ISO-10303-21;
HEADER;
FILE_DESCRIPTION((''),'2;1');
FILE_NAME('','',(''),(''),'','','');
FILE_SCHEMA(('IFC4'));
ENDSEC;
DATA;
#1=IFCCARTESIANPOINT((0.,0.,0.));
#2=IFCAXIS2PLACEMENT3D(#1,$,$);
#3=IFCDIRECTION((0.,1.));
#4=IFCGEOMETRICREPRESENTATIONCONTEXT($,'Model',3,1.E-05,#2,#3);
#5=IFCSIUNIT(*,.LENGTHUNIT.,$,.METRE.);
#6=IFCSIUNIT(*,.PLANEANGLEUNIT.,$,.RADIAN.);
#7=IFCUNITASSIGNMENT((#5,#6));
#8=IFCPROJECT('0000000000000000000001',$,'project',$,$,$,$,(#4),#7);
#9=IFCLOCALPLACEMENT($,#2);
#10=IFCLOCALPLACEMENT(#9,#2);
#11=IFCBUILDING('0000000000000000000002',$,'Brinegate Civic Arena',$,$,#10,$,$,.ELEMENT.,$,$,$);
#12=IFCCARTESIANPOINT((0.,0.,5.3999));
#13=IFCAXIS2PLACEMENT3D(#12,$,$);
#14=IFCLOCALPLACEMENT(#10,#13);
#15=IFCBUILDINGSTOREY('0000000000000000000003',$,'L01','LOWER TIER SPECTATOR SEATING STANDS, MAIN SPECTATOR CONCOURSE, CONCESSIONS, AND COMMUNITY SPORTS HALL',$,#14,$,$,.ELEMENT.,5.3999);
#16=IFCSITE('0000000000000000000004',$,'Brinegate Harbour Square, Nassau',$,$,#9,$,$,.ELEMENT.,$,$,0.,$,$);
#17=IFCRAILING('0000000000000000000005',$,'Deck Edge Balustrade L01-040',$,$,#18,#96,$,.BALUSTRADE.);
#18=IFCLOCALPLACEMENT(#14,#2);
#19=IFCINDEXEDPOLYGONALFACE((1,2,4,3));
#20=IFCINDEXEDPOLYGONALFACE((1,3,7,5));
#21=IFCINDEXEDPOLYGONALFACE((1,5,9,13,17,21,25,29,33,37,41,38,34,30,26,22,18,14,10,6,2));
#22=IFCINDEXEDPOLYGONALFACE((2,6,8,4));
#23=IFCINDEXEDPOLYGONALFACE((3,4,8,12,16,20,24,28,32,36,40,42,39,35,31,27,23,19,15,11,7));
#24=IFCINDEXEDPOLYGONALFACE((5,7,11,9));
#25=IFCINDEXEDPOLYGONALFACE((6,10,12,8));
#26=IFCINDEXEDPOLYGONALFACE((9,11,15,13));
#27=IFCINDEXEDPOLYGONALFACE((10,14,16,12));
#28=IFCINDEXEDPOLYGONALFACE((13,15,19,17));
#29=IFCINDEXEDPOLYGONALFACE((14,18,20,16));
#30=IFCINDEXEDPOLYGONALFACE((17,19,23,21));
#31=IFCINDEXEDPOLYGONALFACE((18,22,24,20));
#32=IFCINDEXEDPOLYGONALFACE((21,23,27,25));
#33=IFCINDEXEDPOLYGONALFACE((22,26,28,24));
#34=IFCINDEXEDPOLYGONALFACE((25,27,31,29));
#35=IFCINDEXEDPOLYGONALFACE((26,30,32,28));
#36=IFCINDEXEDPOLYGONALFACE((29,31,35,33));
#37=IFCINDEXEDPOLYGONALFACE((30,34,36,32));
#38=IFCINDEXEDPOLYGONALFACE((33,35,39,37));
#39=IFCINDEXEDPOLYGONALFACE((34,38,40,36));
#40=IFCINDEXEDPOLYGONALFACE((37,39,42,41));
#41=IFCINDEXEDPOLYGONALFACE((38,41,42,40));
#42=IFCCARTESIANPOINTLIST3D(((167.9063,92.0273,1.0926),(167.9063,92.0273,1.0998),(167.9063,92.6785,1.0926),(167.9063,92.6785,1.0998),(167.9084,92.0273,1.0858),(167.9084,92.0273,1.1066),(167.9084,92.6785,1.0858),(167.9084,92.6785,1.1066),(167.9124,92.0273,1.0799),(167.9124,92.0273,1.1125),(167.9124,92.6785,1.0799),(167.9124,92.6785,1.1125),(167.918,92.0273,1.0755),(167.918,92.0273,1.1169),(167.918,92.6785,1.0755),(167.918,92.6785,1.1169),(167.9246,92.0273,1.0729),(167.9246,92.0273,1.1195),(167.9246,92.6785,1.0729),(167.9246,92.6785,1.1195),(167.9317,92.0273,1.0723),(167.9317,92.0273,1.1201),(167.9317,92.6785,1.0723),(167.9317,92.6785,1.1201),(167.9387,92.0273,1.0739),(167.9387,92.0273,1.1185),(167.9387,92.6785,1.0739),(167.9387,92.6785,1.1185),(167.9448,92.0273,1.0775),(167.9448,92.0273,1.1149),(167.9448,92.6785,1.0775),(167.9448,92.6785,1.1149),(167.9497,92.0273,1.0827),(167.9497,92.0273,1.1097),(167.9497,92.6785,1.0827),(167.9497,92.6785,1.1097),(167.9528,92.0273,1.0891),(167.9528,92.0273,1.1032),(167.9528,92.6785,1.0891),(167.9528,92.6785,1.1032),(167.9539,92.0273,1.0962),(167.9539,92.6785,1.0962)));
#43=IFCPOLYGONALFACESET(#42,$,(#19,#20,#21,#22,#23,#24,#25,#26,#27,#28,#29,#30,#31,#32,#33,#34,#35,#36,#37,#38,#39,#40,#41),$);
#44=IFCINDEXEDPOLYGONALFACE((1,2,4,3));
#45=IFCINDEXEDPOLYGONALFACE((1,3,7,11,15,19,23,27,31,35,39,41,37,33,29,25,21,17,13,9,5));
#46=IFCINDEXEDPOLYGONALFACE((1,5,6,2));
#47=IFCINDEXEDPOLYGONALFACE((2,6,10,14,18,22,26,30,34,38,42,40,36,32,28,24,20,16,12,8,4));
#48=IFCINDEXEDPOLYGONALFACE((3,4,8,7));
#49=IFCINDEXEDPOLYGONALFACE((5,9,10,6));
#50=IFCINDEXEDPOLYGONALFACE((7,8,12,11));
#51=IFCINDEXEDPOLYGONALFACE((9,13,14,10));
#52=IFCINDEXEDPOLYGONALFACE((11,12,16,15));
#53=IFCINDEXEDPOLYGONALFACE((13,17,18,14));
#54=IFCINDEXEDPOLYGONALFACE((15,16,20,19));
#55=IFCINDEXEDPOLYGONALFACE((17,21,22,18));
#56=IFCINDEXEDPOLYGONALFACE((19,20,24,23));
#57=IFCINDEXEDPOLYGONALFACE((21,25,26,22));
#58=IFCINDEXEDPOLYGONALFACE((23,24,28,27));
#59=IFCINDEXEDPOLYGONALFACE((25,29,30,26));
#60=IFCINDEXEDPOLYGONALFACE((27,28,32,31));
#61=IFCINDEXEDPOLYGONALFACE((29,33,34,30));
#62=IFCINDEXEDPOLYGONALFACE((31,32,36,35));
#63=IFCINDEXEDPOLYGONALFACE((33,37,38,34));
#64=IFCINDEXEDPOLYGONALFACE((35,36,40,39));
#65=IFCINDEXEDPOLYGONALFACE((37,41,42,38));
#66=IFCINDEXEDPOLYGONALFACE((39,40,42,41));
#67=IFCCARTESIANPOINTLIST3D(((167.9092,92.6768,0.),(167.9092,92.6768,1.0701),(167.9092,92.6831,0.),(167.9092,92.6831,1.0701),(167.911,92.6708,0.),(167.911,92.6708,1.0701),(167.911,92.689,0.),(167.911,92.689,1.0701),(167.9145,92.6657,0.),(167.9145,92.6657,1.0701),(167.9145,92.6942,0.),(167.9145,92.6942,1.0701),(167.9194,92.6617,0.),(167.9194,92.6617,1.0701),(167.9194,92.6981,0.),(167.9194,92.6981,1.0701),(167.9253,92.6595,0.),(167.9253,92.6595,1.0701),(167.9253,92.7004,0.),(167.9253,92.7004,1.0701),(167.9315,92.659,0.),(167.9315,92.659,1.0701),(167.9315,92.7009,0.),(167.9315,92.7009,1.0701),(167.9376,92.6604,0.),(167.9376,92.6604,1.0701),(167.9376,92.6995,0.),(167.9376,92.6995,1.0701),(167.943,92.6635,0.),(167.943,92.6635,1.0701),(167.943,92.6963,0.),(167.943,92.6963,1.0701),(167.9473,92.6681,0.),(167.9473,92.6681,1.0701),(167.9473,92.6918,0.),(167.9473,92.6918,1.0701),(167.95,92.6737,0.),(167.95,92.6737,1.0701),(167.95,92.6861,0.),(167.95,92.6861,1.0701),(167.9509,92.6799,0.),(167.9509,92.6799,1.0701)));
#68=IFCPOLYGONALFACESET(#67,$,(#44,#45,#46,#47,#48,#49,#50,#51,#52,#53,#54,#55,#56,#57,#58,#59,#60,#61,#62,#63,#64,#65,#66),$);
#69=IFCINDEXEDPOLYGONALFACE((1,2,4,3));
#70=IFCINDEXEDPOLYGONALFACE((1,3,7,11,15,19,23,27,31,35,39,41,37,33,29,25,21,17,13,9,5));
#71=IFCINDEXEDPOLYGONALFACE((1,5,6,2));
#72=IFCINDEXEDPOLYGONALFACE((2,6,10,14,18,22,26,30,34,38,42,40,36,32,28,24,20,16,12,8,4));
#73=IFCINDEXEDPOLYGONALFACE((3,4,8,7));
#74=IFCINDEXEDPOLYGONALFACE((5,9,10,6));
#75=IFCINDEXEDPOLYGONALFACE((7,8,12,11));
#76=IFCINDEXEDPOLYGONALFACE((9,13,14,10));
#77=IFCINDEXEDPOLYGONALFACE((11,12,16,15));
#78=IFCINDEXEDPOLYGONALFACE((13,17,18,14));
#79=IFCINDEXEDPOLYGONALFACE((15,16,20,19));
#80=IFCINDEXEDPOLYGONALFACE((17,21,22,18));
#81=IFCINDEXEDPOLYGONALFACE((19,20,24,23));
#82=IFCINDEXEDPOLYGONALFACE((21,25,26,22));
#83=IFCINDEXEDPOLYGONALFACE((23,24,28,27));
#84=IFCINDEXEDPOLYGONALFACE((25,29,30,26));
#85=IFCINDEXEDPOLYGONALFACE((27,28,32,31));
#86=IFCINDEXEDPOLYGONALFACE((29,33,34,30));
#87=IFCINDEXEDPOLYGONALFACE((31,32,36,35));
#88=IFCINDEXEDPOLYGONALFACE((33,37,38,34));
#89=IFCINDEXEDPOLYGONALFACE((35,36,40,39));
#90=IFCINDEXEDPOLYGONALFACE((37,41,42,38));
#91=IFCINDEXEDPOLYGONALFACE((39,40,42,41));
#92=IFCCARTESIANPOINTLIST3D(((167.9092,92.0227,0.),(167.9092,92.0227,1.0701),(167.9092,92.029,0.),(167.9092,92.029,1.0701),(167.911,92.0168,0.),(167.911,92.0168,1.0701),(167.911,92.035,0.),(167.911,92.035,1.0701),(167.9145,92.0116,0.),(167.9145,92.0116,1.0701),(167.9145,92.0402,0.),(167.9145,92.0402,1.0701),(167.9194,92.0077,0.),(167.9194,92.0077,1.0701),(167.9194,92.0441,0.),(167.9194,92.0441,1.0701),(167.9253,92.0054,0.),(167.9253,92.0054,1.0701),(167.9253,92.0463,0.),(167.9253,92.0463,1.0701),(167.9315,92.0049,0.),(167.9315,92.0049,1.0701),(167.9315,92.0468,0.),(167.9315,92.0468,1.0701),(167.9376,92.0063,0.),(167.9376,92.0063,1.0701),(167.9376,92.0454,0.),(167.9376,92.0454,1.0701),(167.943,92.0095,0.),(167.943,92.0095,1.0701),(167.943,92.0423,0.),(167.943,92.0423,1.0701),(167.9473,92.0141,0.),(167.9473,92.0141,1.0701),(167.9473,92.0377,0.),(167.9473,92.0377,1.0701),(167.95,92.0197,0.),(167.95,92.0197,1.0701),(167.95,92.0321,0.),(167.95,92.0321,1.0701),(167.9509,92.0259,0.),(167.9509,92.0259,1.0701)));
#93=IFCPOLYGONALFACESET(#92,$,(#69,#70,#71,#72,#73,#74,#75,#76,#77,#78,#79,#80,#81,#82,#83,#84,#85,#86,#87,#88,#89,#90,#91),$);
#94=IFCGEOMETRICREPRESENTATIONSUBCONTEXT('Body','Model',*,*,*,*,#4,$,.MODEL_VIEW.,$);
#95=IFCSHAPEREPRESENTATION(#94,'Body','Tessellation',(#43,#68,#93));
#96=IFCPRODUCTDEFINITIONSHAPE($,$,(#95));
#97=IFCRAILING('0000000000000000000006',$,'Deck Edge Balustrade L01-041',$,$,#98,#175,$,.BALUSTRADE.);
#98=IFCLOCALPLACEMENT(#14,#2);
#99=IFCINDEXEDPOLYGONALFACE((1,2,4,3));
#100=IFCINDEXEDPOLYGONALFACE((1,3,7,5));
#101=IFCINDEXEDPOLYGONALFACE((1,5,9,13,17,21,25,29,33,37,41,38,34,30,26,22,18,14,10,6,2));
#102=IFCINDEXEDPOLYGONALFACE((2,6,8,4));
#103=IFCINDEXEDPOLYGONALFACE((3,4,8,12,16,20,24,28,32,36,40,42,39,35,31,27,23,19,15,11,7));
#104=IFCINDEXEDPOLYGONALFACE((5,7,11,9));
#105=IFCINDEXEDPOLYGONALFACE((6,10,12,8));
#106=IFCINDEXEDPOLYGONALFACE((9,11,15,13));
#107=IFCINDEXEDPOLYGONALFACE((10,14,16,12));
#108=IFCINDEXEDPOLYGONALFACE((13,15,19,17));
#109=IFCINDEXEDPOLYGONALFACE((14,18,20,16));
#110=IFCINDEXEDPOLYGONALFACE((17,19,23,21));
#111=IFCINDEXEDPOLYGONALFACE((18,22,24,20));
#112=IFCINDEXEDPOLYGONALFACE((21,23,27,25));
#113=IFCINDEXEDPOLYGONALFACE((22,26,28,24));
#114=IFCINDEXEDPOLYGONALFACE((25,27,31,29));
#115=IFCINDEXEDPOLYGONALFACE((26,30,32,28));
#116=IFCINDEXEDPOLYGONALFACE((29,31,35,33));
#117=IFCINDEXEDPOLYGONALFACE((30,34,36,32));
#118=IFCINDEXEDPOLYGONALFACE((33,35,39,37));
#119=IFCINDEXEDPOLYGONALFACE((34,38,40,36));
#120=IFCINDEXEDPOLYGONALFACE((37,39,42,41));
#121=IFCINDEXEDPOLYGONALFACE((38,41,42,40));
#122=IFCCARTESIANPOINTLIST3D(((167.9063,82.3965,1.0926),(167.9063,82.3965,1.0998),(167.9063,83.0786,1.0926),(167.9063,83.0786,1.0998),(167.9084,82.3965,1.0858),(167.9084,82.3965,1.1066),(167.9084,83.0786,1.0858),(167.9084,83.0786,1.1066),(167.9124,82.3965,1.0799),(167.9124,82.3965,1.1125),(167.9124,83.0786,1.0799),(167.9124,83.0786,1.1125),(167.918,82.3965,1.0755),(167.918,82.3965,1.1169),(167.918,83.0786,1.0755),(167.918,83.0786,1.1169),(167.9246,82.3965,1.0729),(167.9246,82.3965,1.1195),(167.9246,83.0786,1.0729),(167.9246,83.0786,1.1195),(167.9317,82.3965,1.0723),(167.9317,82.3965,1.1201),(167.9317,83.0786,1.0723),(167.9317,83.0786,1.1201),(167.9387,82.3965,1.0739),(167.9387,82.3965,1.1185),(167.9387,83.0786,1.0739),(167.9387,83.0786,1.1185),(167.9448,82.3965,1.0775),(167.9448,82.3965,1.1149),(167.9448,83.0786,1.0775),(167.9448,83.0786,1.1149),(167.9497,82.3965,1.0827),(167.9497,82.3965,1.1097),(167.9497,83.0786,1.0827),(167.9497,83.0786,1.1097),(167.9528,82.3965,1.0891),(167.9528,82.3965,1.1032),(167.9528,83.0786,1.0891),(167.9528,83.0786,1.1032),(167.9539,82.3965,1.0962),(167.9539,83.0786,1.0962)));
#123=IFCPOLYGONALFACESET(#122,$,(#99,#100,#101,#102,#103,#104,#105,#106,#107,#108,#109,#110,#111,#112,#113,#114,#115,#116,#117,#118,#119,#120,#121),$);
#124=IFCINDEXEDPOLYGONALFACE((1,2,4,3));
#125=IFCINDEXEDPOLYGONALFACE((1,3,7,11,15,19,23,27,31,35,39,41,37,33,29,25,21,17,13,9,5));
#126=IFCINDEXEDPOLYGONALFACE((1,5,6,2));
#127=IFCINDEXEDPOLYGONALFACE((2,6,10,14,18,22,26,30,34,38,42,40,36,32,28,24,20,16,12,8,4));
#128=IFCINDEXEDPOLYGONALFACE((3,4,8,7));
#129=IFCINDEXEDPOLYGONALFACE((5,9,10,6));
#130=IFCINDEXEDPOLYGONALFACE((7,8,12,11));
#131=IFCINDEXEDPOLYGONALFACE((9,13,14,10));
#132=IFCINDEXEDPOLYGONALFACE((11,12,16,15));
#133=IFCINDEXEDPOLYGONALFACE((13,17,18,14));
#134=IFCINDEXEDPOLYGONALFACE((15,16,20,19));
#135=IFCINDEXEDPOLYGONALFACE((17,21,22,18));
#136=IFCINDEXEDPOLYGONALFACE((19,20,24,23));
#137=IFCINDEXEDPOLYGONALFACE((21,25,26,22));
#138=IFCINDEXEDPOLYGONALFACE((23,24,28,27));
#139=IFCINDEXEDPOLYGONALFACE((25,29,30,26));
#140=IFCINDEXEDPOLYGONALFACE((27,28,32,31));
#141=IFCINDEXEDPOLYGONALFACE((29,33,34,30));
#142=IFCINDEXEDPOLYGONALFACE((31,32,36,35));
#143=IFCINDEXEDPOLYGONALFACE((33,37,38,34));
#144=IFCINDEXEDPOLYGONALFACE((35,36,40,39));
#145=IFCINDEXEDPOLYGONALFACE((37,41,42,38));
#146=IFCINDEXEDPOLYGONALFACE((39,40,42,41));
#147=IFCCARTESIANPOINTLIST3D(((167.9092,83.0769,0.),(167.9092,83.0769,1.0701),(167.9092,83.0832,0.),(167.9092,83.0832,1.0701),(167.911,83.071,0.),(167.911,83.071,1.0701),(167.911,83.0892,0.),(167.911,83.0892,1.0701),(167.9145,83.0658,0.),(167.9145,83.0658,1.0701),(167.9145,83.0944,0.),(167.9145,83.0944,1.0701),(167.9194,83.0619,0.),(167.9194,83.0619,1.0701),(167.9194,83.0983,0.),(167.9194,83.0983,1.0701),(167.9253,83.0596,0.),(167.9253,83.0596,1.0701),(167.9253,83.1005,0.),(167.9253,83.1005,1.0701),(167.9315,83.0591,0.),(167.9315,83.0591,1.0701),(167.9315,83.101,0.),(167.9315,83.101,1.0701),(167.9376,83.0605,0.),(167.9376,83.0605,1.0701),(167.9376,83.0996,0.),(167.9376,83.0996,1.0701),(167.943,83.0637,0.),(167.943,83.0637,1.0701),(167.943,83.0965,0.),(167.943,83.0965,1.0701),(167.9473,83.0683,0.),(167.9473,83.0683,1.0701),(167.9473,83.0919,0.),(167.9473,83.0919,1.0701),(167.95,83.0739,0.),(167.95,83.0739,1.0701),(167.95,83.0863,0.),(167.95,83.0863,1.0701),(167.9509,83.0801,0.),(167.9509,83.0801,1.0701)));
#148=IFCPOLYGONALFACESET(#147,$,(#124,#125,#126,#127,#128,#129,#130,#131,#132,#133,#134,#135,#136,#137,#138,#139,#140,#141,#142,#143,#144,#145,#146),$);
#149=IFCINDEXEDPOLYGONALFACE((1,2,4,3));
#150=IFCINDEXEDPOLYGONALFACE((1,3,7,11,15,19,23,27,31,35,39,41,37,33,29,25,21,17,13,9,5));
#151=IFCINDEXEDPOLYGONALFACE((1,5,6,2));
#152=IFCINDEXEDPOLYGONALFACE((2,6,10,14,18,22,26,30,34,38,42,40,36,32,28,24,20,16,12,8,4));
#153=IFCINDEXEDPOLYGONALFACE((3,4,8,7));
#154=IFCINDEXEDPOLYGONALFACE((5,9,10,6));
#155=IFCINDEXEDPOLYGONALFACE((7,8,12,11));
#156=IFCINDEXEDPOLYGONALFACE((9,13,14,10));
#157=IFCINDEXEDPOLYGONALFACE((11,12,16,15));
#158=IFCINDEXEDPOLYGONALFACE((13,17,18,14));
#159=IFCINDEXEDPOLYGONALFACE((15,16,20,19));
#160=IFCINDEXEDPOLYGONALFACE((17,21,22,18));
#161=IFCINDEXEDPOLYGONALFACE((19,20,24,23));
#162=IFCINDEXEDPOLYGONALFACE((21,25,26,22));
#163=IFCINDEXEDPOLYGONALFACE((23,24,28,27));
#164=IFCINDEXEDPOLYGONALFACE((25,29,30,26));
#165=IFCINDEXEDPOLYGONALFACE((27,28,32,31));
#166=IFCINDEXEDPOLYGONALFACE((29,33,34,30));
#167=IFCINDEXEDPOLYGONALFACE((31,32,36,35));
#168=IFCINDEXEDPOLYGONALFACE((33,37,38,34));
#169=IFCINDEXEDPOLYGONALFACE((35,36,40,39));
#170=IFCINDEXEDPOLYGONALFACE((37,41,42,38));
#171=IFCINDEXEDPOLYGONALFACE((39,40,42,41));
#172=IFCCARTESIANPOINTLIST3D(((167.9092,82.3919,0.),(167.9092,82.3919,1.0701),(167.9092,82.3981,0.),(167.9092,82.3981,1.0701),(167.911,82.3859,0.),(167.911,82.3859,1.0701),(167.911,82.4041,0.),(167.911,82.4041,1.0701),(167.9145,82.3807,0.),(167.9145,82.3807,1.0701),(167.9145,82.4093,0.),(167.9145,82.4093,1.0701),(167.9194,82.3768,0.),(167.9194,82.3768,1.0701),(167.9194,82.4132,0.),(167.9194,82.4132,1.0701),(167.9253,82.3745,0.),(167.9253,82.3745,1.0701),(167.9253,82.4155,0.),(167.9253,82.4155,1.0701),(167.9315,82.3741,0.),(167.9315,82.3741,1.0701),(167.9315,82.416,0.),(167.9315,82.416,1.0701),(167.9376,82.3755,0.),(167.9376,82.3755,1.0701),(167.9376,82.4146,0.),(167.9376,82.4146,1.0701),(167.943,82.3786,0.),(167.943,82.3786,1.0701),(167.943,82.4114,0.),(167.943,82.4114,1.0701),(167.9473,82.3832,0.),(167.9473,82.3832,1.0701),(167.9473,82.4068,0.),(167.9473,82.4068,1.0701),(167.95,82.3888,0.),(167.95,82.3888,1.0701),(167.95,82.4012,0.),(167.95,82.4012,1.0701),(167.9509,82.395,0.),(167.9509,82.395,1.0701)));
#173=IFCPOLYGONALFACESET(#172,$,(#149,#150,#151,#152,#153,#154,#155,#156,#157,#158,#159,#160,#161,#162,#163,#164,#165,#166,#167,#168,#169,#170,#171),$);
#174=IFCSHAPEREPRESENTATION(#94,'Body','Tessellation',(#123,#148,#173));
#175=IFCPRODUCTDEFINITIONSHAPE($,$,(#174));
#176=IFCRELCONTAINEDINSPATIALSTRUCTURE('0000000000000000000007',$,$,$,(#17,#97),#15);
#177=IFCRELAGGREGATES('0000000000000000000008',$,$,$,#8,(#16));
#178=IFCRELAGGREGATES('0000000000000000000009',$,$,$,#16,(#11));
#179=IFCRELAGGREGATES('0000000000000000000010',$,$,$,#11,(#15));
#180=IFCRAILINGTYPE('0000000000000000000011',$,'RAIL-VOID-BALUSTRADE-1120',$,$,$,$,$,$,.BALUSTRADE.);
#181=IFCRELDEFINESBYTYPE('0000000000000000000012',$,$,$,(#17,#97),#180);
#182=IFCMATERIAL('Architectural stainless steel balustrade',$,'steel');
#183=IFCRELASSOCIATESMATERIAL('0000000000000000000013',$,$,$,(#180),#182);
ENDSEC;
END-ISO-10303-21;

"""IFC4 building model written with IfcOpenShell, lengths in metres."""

from ifc_helpers import new_model, si_unit, direction, frame, origin, origin_2d, place, context, subcontext, project, spatial, circle, extrude, material, type_object, element, save


model = new_model("IFC4")

# Units and contexts
model_context = context("Model", 3, precision=1e-05, world=origin(), true_north=direction((0.0, 1.0)))
body_context = subcontext(model_context, "Body", "Model", "MODEL_VIEW")
ifc_project = project(units=[si_unit("LENGTHUNIT", "METRE"), si_unit("PLANEANGLEUNIT", "RADIAN")], contexts=[model_context])

# Site, building, storey
site_placement = place(None, origin())
site = spatial("IfcSite", under=ifc_project, at=site_placement, Name="Brinegate Harbour Square, Nassau", CompositionType="ELEMENT", RefElevation=0.0)
building_placement = place(site_placement, origin())
building = spatial("IfcBuilding", under=site, at=building_placement, Name="Brinegate Civic Arena", CompositionType="ELEMENT")
storey_placement = place(building_placement, frame((0.0, 0.0, 5.3999)))
storey = spatial("IfcBuildingStorey", under=building, at=storey_placement, Name="L01", Description="LOWER TIER SPECTATOR SEATING STANDS, MAIN SPECTATOR CONCOURSE, CONCESSIONS, AND COMMUNITY SPORTS HALL", CompositionType="ELEMENT", Elevation=5.3999)

# Shared definitions
ifc_material_1 = material(Name="Architectural stainless steel balustrade", Category="steel")

# Railings
railing_type = type_object("IfcRailingType", Name="RAIL-VOID-BALUSTRADE-1120", PredefinedType="BALUSTRADE", material=ifc_material_1)
railing_1_placement = place(storey_placement, frame((167.9299, 92.6799, 0.0)))
element("IfcRailing", 1, at=railing_1_placement, inside=storey, type_object=railing_type, Name="Deck Edge Balustrade L01-040", PredefinedType="BALUSTRADE", context=body_context, shape_type="SweptSolid", body=[
    extrude(circle(Radius=0.0239, at=origin_2d()), frame((0.0, -0.0015, 1.0962), z_axis=(0.0, -1.0, 0.0), x_axis=(1.0, 0.0, 0.0)), (0.0, 0.0, 1.0), 0.6511),
    extrude(circle(Radius=0.021, at=origin_2d()), origin(), (0.0, 0.0, 1.0), 1.0701),
    extrude(circle(Radius=0.021, at=origin_2d()), frame((0.0, -0.6541, 0.0)), (0.0, 0.0, 1.0), 1.0701),
])
railing_2_placement = place(storey_placement, frame((167.9299, 83.0801, 0.0)))
element("IfcRailing", 2, at=railing_2_placement, inside=storey, type_object=railing_type, Name="Deck Edge Balustrade L01-041", PredefinedType="BALUSTRADE", context=body_context, shape_type="SweptSolid", body=[
    extrude(circle(Radius=0.0239, at=origin_2d()), frame((0.0, -0.0015, 1.0962), z_axis=(0.0, -1.0, 0.0), x_axis=(1.0, 0.0, 0.0)), (0.0, 0.0, 1.0), 0.6821),
    extrude(circle(Radius=0.021, at=origin_2d()), origin(), (0.0, 0.0, 1.0), 1.0701),
    extrude(circle(Radius=0.021, at=origin_2d()), frame((0.0, -0.6851, 0.0)), (0.0, 0.0, 1.0), 1.0701),
])

save(model, "model.ifc")
